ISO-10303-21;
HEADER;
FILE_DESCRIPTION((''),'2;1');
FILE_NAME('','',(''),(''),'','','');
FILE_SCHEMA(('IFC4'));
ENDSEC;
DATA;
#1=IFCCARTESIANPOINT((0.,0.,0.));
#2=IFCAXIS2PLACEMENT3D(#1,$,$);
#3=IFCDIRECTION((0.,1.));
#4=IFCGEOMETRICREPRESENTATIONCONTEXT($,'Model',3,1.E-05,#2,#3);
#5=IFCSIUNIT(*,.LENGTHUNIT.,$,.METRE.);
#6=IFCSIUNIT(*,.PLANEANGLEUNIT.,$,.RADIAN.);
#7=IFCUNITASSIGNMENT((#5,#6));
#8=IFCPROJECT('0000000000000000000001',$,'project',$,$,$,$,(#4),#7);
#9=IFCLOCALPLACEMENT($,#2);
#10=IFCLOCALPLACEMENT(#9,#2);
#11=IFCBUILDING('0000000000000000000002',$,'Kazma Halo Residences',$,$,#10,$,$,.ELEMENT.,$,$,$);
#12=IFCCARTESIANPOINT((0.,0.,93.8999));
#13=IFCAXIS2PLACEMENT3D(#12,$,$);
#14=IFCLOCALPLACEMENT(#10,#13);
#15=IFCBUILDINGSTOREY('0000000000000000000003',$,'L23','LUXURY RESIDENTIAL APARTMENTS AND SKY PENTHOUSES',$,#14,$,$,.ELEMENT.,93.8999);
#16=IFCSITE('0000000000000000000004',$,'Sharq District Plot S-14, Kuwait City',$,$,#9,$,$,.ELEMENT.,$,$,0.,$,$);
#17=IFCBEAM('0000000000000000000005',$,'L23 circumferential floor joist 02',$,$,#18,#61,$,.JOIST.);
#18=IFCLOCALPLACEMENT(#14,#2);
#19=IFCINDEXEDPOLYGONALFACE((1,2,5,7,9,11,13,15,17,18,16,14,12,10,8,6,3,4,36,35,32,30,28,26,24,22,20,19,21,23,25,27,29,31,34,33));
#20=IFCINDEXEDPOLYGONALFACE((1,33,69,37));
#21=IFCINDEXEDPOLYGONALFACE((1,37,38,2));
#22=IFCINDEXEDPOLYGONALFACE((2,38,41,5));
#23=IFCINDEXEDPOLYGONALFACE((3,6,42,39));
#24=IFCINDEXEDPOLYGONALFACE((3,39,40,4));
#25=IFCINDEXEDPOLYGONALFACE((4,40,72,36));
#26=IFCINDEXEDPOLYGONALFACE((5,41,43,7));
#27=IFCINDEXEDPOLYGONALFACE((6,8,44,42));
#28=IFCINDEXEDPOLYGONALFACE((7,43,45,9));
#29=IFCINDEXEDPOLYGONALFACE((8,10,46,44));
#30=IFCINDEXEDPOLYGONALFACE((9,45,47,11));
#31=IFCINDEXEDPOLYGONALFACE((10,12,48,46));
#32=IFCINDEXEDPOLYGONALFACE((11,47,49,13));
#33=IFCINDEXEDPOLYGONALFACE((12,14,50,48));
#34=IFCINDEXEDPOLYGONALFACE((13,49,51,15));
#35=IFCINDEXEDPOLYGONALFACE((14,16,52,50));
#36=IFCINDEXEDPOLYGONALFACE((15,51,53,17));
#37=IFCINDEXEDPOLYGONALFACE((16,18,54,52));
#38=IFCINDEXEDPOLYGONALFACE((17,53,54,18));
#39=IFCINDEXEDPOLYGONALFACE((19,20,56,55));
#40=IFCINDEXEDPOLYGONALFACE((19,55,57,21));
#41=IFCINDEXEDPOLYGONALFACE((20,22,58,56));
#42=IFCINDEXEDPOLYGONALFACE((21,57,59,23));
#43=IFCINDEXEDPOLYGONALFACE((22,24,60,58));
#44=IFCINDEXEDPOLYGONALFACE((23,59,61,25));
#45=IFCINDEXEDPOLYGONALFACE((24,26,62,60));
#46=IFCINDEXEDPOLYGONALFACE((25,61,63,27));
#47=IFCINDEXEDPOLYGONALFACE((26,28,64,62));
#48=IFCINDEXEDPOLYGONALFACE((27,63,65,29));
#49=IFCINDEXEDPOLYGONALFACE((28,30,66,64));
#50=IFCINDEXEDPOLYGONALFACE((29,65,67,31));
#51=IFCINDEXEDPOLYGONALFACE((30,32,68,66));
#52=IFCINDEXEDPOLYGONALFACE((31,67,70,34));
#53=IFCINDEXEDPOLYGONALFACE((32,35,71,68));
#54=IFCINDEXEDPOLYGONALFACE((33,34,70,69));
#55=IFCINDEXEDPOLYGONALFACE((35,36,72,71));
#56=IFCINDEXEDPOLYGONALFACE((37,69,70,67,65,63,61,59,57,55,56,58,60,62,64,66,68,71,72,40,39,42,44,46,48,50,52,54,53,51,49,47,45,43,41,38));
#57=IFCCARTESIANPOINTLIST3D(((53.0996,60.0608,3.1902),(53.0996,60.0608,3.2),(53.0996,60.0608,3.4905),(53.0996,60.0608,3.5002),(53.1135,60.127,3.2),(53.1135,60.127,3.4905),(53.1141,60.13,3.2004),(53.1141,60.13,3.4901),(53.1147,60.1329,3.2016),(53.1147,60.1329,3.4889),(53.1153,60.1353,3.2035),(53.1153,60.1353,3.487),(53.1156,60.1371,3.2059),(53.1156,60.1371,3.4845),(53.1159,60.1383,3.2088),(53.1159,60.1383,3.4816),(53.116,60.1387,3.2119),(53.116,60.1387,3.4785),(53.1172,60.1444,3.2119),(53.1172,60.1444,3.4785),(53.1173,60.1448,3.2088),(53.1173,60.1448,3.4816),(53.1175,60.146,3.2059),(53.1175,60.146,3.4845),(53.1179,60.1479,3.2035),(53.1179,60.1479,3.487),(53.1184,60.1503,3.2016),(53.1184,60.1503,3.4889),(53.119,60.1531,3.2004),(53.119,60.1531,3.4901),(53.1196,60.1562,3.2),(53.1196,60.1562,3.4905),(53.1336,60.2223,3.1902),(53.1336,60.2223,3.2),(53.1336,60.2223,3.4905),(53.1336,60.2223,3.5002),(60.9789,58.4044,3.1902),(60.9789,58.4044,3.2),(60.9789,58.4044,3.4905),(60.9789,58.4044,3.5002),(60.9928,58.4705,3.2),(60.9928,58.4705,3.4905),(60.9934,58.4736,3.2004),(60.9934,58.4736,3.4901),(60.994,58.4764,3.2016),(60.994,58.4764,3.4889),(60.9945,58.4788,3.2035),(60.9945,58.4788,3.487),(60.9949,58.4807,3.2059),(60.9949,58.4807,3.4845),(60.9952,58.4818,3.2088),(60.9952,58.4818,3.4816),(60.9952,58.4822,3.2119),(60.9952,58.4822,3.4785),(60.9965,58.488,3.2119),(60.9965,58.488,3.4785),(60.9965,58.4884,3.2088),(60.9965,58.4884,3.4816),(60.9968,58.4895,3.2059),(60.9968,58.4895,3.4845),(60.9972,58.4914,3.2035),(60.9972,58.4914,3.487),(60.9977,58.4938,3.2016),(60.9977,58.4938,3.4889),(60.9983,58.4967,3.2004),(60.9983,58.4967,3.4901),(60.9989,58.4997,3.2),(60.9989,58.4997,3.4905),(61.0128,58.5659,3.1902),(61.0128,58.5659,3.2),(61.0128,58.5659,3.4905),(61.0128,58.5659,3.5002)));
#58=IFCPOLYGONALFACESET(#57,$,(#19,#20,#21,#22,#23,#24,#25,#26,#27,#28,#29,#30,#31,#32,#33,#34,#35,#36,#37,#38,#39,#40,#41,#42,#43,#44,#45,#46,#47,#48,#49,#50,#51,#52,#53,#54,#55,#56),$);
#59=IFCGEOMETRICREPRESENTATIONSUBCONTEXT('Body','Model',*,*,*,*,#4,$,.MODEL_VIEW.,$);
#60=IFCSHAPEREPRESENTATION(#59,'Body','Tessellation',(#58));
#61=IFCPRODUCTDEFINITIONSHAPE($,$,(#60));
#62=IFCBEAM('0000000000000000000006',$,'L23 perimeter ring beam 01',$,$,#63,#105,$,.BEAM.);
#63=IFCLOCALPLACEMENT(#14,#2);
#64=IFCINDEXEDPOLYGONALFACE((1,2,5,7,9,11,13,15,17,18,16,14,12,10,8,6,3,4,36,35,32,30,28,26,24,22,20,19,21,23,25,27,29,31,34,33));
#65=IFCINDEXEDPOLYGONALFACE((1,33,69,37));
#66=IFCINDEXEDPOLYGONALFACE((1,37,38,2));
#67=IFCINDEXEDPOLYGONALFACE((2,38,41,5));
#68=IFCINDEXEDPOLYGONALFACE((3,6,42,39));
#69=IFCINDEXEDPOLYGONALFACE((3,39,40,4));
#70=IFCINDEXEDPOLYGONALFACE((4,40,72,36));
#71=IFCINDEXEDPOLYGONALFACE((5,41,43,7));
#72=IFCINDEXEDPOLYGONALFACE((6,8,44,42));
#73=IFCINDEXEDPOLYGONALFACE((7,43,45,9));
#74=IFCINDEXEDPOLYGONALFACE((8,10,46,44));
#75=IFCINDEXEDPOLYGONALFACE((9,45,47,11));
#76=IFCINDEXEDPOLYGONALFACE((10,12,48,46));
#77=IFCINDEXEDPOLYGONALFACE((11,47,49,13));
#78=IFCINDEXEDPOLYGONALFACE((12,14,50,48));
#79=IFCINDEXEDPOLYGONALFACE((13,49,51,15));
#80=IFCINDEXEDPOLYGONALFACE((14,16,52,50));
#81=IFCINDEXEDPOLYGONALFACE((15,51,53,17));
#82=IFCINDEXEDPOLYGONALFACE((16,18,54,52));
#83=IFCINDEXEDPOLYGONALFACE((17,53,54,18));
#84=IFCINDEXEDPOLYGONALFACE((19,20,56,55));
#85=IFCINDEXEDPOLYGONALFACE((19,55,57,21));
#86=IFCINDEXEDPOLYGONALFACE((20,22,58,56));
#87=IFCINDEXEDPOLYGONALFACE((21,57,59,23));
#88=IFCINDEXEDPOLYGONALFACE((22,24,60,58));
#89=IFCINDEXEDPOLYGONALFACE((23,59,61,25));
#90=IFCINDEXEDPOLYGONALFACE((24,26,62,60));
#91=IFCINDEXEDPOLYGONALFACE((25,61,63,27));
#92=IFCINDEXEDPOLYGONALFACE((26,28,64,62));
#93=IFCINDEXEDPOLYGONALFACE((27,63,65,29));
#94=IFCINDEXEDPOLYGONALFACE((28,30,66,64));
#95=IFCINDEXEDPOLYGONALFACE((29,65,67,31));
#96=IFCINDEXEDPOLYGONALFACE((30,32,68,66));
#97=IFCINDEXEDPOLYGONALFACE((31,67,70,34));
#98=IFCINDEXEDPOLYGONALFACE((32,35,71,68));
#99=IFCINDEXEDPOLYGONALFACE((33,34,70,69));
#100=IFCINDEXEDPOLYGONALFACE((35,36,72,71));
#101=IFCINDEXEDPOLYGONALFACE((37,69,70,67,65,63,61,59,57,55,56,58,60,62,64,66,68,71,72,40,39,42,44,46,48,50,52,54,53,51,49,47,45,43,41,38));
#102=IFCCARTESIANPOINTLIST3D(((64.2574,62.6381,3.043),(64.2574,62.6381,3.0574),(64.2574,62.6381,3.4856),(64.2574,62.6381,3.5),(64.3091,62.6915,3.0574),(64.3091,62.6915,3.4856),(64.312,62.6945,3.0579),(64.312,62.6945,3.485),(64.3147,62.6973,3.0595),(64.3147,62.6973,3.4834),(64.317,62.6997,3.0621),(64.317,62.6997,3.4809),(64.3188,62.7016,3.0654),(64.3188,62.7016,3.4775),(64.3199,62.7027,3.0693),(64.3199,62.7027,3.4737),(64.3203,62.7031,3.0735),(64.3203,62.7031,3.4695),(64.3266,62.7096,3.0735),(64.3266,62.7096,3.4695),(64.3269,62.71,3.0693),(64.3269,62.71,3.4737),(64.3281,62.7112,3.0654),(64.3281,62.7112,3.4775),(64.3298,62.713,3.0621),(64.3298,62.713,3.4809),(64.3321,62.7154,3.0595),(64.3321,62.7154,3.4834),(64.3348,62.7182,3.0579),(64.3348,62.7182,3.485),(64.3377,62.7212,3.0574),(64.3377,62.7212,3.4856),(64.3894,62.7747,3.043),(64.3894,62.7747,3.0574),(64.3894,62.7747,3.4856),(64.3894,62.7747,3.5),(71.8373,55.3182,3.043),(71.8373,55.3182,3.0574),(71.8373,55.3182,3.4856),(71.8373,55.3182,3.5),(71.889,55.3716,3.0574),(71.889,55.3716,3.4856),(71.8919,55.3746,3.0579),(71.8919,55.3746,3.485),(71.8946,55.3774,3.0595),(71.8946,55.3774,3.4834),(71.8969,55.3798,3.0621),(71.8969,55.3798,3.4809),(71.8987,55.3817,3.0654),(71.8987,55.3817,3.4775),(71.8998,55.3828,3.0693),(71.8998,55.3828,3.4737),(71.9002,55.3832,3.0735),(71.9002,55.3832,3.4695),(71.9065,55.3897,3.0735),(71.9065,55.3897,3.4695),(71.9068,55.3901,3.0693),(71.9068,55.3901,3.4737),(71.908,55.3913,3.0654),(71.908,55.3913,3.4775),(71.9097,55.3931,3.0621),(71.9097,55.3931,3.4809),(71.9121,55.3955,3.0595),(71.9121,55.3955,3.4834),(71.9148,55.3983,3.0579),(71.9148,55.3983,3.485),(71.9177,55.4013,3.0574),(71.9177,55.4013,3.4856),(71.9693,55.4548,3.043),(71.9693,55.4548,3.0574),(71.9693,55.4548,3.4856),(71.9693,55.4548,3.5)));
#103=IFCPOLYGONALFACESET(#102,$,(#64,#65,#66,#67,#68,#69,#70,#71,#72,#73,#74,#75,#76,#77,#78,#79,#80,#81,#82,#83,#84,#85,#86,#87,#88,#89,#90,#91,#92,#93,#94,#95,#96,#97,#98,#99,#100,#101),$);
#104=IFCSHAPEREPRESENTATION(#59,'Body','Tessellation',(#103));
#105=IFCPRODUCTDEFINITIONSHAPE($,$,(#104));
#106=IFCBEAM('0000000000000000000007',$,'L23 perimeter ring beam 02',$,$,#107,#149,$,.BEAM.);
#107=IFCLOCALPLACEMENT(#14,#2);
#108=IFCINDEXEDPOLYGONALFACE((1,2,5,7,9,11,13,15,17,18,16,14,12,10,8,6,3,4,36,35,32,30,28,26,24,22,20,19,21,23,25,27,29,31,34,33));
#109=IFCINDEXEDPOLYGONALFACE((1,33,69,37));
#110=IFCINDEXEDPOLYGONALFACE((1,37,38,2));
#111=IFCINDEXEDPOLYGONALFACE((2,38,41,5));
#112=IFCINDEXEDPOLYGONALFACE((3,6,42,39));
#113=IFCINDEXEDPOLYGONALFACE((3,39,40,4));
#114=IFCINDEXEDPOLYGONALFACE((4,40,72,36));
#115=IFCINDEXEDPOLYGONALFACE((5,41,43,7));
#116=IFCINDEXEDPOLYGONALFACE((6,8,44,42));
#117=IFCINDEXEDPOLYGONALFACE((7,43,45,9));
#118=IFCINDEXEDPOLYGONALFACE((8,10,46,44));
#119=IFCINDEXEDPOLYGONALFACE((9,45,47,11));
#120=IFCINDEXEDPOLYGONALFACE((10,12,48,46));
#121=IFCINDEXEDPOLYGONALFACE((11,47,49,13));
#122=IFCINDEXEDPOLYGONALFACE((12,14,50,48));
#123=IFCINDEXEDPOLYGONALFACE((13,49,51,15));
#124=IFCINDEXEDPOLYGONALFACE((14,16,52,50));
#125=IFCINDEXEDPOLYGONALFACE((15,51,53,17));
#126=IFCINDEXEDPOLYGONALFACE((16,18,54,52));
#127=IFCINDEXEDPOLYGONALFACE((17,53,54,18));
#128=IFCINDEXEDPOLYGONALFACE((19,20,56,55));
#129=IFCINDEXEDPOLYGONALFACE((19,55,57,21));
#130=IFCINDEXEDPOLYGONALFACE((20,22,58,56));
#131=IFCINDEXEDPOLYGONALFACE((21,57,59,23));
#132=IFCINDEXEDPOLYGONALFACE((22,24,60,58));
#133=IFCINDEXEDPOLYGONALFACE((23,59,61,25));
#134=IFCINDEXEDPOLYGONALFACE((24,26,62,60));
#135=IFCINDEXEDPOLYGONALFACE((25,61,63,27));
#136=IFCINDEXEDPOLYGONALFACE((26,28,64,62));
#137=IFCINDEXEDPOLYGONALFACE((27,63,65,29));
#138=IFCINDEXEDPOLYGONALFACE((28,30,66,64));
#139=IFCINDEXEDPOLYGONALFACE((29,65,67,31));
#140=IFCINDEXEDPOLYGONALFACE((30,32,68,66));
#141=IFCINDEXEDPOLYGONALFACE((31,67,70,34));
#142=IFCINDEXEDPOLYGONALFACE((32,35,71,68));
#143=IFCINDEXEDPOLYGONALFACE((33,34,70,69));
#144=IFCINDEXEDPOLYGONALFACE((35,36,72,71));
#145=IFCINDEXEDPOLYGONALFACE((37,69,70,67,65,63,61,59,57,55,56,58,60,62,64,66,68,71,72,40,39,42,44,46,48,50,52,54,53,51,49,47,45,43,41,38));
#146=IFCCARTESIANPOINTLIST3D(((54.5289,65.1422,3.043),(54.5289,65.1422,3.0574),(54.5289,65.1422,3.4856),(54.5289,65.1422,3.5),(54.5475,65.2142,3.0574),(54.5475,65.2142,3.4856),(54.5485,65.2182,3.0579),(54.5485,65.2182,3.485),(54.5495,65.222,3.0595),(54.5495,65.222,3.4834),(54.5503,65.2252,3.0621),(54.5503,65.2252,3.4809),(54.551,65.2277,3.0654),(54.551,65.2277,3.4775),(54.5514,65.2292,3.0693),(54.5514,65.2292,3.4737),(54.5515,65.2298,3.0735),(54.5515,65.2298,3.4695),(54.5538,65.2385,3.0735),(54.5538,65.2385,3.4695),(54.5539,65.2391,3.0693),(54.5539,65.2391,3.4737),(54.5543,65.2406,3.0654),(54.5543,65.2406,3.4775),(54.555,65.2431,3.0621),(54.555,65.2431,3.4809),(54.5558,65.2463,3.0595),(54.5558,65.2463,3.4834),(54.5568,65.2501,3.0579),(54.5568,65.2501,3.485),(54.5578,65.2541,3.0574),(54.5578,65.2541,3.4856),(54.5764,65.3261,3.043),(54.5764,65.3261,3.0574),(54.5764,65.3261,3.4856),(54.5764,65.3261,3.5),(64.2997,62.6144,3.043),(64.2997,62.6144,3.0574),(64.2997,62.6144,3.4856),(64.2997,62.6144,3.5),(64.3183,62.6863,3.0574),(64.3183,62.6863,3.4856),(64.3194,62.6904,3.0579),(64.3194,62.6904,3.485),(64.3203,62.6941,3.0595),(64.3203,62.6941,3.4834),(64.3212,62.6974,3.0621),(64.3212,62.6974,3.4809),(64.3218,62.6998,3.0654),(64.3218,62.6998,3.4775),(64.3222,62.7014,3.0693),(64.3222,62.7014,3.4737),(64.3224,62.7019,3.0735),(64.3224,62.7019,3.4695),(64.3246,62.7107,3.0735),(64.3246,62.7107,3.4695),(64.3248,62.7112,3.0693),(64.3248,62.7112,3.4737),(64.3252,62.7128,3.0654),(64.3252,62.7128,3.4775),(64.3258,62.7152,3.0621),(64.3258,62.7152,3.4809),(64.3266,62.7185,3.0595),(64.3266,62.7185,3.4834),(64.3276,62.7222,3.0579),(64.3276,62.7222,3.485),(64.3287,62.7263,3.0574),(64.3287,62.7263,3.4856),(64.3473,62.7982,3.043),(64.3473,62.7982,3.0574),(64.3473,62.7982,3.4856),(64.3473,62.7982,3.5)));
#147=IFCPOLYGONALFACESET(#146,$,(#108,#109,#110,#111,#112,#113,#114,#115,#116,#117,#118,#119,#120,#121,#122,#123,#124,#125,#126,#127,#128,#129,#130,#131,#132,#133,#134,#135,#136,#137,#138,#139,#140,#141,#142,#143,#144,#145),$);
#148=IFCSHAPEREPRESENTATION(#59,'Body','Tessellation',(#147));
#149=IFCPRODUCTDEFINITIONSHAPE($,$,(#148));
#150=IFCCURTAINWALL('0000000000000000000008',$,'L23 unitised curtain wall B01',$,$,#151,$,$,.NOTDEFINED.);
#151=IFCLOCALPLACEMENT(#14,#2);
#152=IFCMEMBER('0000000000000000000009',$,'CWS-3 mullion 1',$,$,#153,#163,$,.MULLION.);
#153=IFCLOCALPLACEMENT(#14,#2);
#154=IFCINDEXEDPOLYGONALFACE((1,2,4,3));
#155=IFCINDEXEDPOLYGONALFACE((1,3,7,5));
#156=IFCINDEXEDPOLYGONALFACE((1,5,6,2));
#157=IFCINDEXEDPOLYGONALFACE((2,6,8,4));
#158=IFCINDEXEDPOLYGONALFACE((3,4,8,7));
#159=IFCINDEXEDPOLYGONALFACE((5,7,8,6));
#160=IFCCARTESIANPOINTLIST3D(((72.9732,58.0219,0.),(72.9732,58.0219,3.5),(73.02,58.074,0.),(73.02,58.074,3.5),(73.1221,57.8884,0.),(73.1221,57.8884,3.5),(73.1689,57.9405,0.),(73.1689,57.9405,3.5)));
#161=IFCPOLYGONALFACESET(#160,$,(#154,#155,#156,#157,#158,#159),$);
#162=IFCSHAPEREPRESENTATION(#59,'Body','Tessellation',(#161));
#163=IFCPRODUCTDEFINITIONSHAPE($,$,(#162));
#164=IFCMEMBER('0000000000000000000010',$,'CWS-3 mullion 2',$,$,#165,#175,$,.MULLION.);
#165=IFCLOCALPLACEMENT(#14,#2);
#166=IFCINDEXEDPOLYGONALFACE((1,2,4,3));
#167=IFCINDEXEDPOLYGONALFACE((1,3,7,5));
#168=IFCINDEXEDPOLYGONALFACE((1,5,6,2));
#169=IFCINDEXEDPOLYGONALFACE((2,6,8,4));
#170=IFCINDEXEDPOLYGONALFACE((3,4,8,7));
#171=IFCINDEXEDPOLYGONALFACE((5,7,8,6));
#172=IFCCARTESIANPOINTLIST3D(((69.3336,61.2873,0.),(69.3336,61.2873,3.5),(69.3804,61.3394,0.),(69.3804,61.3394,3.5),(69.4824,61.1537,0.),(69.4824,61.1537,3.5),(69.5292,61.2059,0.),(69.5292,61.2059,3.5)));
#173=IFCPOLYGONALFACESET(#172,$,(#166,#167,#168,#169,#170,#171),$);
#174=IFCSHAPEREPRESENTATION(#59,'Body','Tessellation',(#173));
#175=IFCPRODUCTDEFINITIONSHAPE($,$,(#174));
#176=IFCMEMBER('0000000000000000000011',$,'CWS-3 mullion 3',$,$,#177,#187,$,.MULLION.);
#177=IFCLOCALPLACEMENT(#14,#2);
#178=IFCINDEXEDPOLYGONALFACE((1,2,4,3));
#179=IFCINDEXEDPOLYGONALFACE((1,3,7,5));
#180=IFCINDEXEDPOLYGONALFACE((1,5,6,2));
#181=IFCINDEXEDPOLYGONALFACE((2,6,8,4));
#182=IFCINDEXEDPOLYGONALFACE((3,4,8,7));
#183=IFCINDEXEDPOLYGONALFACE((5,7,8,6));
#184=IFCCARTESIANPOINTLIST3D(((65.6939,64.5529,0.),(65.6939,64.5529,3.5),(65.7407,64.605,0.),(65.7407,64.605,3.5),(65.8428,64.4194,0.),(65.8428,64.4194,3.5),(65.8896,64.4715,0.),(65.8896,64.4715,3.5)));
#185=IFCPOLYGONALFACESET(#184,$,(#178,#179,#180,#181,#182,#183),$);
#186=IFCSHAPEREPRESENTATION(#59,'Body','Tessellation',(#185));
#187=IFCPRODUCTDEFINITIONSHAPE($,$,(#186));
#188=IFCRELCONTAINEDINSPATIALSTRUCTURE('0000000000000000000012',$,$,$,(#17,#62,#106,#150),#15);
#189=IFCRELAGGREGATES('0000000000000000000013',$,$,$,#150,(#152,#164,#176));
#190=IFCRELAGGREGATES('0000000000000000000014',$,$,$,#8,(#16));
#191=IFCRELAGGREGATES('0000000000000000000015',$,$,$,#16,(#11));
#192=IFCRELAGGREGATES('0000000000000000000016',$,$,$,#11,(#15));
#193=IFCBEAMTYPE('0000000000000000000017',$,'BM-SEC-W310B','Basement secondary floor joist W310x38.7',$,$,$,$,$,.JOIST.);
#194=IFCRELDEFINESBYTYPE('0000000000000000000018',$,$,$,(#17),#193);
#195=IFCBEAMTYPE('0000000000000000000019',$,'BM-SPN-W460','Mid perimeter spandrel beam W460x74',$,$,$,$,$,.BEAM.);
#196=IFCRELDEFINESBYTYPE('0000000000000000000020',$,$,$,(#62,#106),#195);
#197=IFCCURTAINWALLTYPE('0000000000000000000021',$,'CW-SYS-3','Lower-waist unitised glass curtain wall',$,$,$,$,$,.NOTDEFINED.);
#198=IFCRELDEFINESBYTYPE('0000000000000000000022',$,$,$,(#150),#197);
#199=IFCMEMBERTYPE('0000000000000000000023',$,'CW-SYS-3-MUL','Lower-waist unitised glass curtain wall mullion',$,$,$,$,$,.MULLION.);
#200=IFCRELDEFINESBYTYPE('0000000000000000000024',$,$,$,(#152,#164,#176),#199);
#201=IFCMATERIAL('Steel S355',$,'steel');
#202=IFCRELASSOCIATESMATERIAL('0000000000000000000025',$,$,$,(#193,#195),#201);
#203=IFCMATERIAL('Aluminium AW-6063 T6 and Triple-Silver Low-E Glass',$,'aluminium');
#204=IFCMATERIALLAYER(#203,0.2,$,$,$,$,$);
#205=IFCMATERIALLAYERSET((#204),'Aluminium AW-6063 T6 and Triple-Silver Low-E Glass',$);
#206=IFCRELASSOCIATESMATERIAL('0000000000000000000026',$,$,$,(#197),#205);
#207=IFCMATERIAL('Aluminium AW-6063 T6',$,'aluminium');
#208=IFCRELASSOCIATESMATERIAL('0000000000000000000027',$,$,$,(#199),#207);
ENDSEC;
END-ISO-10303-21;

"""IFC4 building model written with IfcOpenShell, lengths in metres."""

from ifc_helpers import new_model, si_unit, direction, frame, origin, origin_2d, place, context, subcontext, project, spatial, rectangle, i_section, extrude, material, layer, layer_set, material_profile, profile_set, type_object, element, aggregate, save


model = new_model("IFC4")

# Units and contexts
model_context = context("Model", 3, precision=1e-05, world=origin(), true_north=direction((0.0, 1.0)))
body_context = subcontext(model_context, "Body", "Model", "MODEL_VIEW")
ifc_project = project(units=[si_unit("LENGTHUNIT", "METRE"), si_unit("PLANEANGLEUNIT", "RADIAN")], contexts=[model_context])

# Site, building, storey
site_placement = place(None, origin())
site = spatial("IfcSite", under=ifc_project, at=site_placement, Name="Sharq District Plot S-14, Kuwait City", CompositionType="ELEMENT", RefElevation=0.0)
building_placement = place(site_placement, origin())
building = spatial("IfcBuilding", under=site, at=building_placement, Name="Kazma Halo Residences", CompositionType="ELEMENT")
storey_placement = place(building_placement, frame((0.0, 0.0, 93.8999)))
storey = spatial("IfcBuildingStorey", under=building, at=storey_placement, Name="L23", Description="LUXURY RESIDENTIAL APARTMENTS AND SKY PENTHOUSES", CompositionType="ELEMENT", Elevation=93.8999)

# Beams
ifc_material_1 = material(Name="Steel S355", Category="steel")
ifc_material_profile_1 = material_profile(ifc_material_1, i_section(OverallWidth=0.165, OverallDepth=0.3101, WebThickness=0.0059, FlangeThickness=0.0098, FilletRadius=0.012, at=origin_2d()), Name="W310x38.7")
ifc_profile_set_1 = profile_set([ifc_material_profile_1], Name="Steel S355")
beam_type_1 = type_object("IfcBeamType", Name="BM-SEC-W310B", Description="Basement secondary floor joist W310x38.7", PredefinedType="JOIST", material=ifc_profile_set_1)
beam_1_placement = place(storey_placement, frame((60.9958, 58.4851, 3.3452), z_axis=(-0.978608, 0.205734, 0.0), x_axis=(-0.205734, -0.978608, 0.0)))
element("IfcBeam", 1, at=beam_1_placement, inside=storey, type_object=beam_type_1, Name="L23 circumferential floor joist 02", PredefinedType="JOIST", context=body_context, shape_type="SweptSolid", body=[
    extrude(i_section(OverallWidth=0.165, OverallDepth=0.3101, WebThickness=0.0059, FlangeThickness=0.0098, FilletRadius=0.012, at=origin_2d()), origin(), (0.0, 0.0, 1.0), 8.0515),
])
ifc_material_profile_2 = material_profile(ifc_material_1, i_section(OverallWidth=0.1899, OverallDepth=0.457, WebThickness=0.009, FlangeThickness=0.0144, FilletRadius=0.0161, at=origin_2d()), Name="W460x74")
ifc_profile_set_2 = profile_set([ifc_material_profile_2], Name="Steel S355")
beam_type_2 = type_object("IfcBeamType", Name="BM-SPN-W460", Description="Mid perimeter spandrel beam W460x74", PredefinedType="BEAM", material=ifc_profile_set_2)
beam_2_placement = place(storey_placement, frame((71.9033, 55.3865, 3.2715), z_axis=(-0.719337, 0.694661, 0.0), x_axis=(-0.694661, -0.719337, 0.0)))
element("IfcBeam", 2, at=beam_2_placement, inside=storey, type_object=beam_type_2, Name="L23 perimeter ring beam 01", PredefinedType="BEAM", context=body_context, shape_type="SweptSolid", body=[
    extrude(i_section(OverallWidth=0.1899, OverallDepth=0.457, WebThickness=0.009, FlangeThickness=0.0144, FilletRadius=0.0161, at=origin_2d()), origin(), (0.0, 0.0, 1.0), 10.5374),
])
beam_3_placement = place(storey_placement, frame((64.3235, 62.7063, 3.2715), z_axis=(-0.968125, 0.250468, 0.0), x_axis=(-0.250468, -0.968125, 0.0)))
element("IfcBeam", 3, at=beam_3_placement, inside=storey, type_object=beam_type_2, Name="L23 perimeter ring beam 02", PredefinedType="BEAM", context=body_context, shape_type="SweptSolid", body=[
    extrude(i_section(OverallWidth=0.1899, OverallDepth=0.457, WebThickness=0.009, FlangeThickness=0.0144, FilletRadius=0.0161, at=origin_2d()), origin(), (0.0, 0.0, 1.0), 10.0925),
])

# Curtain wall, members
ifc_material_2 = material(Name="Aluminium AW-6063 T6 and Triple-Silver Low-E Glass", Category="aluminium")
ifc_layer_1 = layer(ifc_material_2, 0.2)
ifc_layer_set_1 = layer_set([ifc_layer_1], Name="Aluminium AW-6063 T6 and Triple-Silver Low-E Glass")
curtain_wall_type = type_object("IfcCurtainWallType", Name="CW-SYS-3", Description="Lower-waist unitised glass curtain wall", PredefinedType="NOTDEFINED", material=ifc_layer_set_1)
curtain_wall_1_placement = place(storey_placement, origin())
curtain_wall_1 = element("IfcCurtainWall", 4, at=curtain_wall_1_placement, inside=storey, type_object=curtain_wall_type, Name="L23 unitised curtain wall B01", PredefinedType="NOTDEFINED")
ifc_material_3 = material(Name="Aluminium AW-6063 T6", Category="aluminium")
ifc_material_profile_3 = material_profile(ifc_material_3, rectangle(XDim=0.0701, YDim=0.2, at=origin_2d()), Name="CWM-70x200")
ifc_profile_set_3 = profile_set([ifc_material_profile_3], Name="Aluminium AW-6063 T6")
member_type_1 = type_object("IfcMemberType", Name="CW-SYS-3-MUL", Description="Lower-waist unitised glass curtain wall mullion", PredefinedType="MULLION", material=ifc_profile_set_3)
member_1_placement = place(storey_placement, frame((73.071, 57.9812, 0.0), z_axis=(0.0, 0.0, 1.0), x_axis=(-0.667795, -0.744345, 0.0)))
member_1 = element("IfcMember", 5, at=member_1_placement, type_object=member_type_1, Name="CWS-3 mullion 1", PredefinedType="MULLION", context=body_context, shape_type="SweptSolid", body=[
    extrude(rectangle(XDim=0.0701, YDim=0.2, at=origin_2d()), origin(), (0.0, 0.0, 1.0), 3.5),
])
member_2_placement = place(storey_placement, frame((69.4314, 61.2466, 0.0), z_axis=(0.0, 0.0, 1.0), x_axis=(-0.667795, -0.744345, 0.0)))
member_2 = element("IfcMember", 6, at=member_2_placement, type_object=member_type_1, Name="CWS-3 mullion 2", PredefinedType="MULLION", context=body_context, shape_type="SweptSolid", body=[
    extrude(rectangle(XDim=0.0701, YDim=0.2, at=origin_2d()), origin(), (0.0, 0.0, 1.0), 3.5),
])
member_3_placement = place(storey_placement, frame((65.7917, 64.5122, 0.0), z_axis=(0.0, 0.0, 1.0), x_axis=(-0.667795, -0.744345, 0.0)))
member_3 = element("IfcMember", 7, at=member_3_placement, type_object=member_type_1, Name="CWS-3 mullion 3", PredefinedType="MULLION", context=body_context, shape_type="SweptSolid", body=[
    extrude(rectangle(XDim=0.0701, YDim=0.2, at=origin_2d()), origin(), (0.0, 0.0, 1.0), 3.5),
])

aggregate(curtain_wall_1, [member_1, member_2, member_3])

save(model, "model.ifc")
